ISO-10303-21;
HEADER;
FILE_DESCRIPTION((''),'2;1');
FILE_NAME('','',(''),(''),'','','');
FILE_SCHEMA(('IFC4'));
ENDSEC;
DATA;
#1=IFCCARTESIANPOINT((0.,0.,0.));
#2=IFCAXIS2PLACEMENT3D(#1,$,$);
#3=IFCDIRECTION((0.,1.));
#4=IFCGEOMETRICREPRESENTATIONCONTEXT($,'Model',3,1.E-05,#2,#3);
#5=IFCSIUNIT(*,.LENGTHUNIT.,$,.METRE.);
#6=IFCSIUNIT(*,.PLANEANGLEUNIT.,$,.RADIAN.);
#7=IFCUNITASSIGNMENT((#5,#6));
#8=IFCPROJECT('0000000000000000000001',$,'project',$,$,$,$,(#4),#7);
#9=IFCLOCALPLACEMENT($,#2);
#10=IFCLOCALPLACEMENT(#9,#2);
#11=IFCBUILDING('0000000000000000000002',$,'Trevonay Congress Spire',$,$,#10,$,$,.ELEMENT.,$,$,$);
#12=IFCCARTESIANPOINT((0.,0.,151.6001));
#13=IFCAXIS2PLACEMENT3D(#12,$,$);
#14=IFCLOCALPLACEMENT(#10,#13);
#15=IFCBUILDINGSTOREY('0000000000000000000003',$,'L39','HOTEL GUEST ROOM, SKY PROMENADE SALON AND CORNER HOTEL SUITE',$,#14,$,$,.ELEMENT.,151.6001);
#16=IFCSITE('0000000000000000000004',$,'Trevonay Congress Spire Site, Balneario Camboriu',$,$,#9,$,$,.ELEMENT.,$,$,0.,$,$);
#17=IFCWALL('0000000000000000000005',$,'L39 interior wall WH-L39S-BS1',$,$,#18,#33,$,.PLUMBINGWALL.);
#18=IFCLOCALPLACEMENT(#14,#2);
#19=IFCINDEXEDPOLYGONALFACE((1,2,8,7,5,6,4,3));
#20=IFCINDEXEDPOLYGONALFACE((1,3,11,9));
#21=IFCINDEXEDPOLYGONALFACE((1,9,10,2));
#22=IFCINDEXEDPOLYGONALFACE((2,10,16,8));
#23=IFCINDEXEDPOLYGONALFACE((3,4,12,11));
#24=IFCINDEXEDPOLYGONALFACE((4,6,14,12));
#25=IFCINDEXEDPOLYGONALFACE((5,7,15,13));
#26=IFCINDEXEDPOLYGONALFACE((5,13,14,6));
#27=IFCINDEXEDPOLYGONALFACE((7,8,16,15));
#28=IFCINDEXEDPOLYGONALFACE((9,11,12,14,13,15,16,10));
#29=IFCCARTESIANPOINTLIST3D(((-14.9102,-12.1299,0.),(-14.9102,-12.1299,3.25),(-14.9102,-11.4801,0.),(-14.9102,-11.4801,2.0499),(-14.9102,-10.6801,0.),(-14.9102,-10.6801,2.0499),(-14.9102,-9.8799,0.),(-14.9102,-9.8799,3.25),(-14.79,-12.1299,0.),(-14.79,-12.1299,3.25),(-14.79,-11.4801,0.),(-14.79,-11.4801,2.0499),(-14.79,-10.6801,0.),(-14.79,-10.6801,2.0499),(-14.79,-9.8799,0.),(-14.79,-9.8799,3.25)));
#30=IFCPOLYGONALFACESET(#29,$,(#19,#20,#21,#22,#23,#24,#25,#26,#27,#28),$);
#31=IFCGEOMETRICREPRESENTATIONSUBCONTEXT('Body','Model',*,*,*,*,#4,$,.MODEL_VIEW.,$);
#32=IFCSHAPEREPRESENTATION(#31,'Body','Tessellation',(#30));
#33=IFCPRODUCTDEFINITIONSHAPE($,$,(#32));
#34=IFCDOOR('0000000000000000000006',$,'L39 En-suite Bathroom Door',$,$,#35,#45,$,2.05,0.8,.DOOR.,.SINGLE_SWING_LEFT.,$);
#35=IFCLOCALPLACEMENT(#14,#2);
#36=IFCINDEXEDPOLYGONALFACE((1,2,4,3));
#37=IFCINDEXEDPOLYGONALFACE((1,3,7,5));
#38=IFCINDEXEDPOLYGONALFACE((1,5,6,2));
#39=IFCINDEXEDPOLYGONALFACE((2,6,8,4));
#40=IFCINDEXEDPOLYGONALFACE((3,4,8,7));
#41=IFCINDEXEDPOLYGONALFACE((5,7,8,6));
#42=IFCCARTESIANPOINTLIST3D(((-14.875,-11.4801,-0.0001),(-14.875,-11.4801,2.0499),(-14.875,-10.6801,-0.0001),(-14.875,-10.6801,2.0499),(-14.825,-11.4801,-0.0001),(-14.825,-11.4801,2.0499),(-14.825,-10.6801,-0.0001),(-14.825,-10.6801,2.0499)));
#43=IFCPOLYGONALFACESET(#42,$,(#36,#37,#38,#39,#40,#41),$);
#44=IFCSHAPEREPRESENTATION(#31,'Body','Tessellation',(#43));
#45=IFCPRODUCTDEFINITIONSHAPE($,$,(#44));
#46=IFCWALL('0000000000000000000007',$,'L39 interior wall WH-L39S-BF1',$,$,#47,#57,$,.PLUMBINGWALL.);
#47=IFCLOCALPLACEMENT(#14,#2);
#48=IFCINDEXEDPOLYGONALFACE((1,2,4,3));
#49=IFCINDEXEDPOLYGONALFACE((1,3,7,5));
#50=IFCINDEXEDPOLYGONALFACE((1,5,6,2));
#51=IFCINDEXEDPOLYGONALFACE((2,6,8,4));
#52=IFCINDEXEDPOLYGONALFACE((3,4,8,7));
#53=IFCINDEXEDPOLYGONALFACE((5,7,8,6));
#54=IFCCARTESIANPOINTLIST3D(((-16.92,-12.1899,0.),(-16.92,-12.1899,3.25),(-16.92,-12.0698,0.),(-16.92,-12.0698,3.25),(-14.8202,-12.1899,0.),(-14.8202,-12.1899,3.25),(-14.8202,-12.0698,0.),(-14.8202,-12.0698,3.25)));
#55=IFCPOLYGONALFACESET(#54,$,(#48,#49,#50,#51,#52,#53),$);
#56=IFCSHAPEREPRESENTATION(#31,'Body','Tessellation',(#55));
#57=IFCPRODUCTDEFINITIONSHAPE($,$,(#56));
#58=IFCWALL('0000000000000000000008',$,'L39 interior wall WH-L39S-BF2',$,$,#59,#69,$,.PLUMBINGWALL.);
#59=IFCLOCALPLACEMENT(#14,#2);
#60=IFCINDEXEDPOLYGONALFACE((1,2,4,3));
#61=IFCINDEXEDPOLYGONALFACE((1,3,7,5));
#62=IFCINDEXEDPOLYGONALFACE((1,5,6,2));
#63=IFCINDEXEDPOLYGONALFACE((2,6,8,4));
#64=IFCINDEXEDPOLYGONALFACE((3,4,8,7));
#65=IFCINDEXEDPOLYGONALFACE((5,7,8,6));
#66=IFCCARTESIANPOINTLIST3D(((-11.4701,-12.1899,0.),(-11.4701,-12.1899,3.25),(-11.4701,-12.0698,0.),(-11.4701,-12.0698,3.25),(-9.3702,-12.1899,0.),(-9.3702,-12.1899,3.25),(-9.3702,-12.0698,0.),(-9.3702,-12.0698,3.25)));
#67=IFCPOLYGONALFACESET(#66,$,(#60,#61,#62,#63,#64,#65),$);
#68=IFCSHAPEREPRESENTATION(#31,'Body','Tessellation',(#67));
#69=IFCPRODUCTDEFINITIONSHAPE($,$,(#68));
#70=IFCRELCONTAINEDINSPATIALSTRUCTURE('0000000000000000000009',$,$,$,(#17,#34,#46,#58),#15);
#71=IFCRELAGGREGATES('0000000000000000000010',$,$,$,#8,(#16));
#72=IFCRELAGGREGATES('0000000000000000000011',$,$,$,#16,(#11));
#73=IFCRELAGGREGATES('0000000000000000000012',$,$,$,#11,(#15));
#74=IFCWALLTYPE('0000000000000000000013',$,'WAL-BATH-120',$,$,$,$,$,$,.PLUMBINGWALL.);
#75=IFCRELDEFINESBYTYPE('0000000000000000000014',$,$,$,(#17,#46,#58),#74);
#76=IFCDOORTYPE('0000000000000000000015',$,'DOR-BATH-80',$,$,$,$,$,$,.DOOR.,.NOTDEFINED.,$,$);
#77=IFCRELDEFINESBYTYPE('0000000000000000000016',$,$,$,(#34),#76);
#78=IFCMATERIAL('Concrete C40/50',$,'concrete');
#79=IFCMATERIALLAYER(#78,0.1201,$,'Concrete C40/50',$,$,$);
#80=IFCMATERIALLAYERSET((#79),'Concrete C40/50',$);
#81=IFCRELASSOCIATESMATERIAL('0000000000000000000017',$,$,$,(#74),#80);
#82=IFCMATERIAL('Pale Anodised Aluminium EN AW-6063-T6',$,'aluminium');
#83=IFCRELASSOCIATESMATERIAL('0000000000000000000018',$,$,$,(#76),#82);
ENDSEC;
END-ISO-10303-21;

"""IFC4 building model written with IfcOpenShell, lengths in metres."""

from ifc_helpers import new_model, si_unit, direction, frame, frame_2d, origin, place, context, subcontext, project, spatial, rectangle, extrude, material, layer, layer_set, type_object, element, fill, save


model = new_model("IFC4")

# Units and contexts
model_context = context("Model", 3, precision=1e-05, world=origin(), true_north=direction((0.0, 1.0)))
body_context = subcontext(model_context, "Body", "Model", "MODEL_VIEW")
ifc_project = project(units=[si_unit("LENGTHUNIT", "METRE"), si_unit("PLANEANGLEUNIT", "RADIAN")], contexts=[model_context])

# Site, building, storey
site_placement = place(None, origin())
site = spatial("IfcSite", under=ifc_project, at=site_placement, Name="Trevonay Congress Spire Site, Balneario Camboriu", CompositionType="ELEMENT", RefElevation=0.0)
building_placement = place(site_placement, origin())
building = spatial("IfcBuilding", under=site, at=building_placement, Name="Trevonay Congress Spire", CompositionType="ELEMENT")
storey_placement = place(building_placement, frame((0.0, 0.0, 151.6001)))
storey = spatial("IfcBuildingStorey", under=building, at=storey_placement, Name="L39", Description="HOTEL GUEST ROOM, SKY PROMENADE SALON AND CORNER HOTEL SUITE", CompositionType="ELEMENT", Elevation=151.6001)

# Shared definitions
ifc_material_1 = material(Name="Pale Anodised Aluminium EN AW-6063-T6", Category="aluminium")

# Wall, opening, door
ifc_material_2 = material(Name="Concrete C40/50", Category="concrete")
ifc_layer_1 = layer(ifc_material_2, 0.1201, Name="Concrete C40/50")
ifc_layer_set_1 = layer_set([ifc_layer_1], Name="Concrete C40/50")
wall_type = type_object("IfcWallType", Name="WAL-BATH-120", PredefinedType="PLUMBINGWALL", material=ifc_layer_set_1)
wall_placement = place(storey_placement, frame((-14.8501, -12.1299, 0.0), z_axis=(0.0, 0.0, 1.0), x_axis=(0.0, 1.0, 0.0)))
wall = element("IfcWall", 1, at=wall_placement, inside=storey, type_object=wall_type, Name="L39 interior wall WH-L39S-BS1", PredefinedType="PLUMBINGWALL", context=body_context, shape_type="SweptSolid", body=[
    extrude(rectangle(XDim=2.25, YDim=0.1201, at=frame_2d((1.125, 0.0))), origin(), (0.0, 0.0, 1.0), 3.25),
])
opening_placement = place(wall_placement, frame((0.6499, 0.0, 0.0)))
opening = element("IfcOpeningElement", 2, at=opening_placement, cuts=wall, PredefinedType="OPENING", context=body_context, shape_type="SweptSolid", body=[
    extrude(rectangle(XDim=0.8, YDim=2.05, at=frame_2d((0.3999, 1.0249))), frame((0.0, 0.0701, 0.0), z_axis=(0.0, -1.0, 0.0), x_axis=(1.0, 0.0, 0.0)), (0.0, 0.0, 1.0), 0.1401),
])
door_type = type_object("IfcDoorType", Name="DOR-BATH-80", OperationType="NOTDEFINED", PredefinedType="DOOR", material=ifc_material_1)
door_placement = place(opening_placement, origin())
door = element("IfcDoor", 3, at=door_placement, inside=storey, type_object=door_type, Name="L39 En-suite Bathroom Door", OperationType="SINGLE_SWING_LEFT", OverallHeight=2.05, OverallWidth=0.8, PredefinedType="DOOR", context=body_context, shape_type="SweptSolid", body=[
    extrude(rectangle(XDim=0.8, YDim=2.05, at=frame_2d((0.3999, 1.0249))), frame((0.0, 0.0249, 0.0), z_axis=(0.0, -1.0, 0.0), x_axis=(1.0, 0.0, 0.0)), (0.0, 0.0, 1.0), 0.05),
])
fill(opening, door)

# Walls
for number, where, z_axis, x_axis, name in (
    (4, (-16.9199, -12.1299, 0.0), (0.0, 0.0, 1.0), (1.0, 0.0, 0.0), "L39 interior wall WH-L39S-BF1"),
    (5, (-11.47, -12.1299, 0.0), (0.0, 0.0, 1.0), (1.0, 0.0, 0.0), "L39 interior wall WH-L39S-BF2"),
):
    element("IfcWall", number, at=place(storey_placement, frame(where, z_axis=z_axis, x_axis=x_axis)), inside=storey, type_object=wall_type, Name=name, PredefinedType="PLUMBINGWALL", context=body_context, shape_type="SweptSolid", body=[
        extrude(rectangle(XDim=2.0999, YDim=0.1201, at=frame_2d((1.0498, 0.0))), origin(), (0.0, 0.0, 1.0), 3.25),
    ])

save(model, "model.ifc")
